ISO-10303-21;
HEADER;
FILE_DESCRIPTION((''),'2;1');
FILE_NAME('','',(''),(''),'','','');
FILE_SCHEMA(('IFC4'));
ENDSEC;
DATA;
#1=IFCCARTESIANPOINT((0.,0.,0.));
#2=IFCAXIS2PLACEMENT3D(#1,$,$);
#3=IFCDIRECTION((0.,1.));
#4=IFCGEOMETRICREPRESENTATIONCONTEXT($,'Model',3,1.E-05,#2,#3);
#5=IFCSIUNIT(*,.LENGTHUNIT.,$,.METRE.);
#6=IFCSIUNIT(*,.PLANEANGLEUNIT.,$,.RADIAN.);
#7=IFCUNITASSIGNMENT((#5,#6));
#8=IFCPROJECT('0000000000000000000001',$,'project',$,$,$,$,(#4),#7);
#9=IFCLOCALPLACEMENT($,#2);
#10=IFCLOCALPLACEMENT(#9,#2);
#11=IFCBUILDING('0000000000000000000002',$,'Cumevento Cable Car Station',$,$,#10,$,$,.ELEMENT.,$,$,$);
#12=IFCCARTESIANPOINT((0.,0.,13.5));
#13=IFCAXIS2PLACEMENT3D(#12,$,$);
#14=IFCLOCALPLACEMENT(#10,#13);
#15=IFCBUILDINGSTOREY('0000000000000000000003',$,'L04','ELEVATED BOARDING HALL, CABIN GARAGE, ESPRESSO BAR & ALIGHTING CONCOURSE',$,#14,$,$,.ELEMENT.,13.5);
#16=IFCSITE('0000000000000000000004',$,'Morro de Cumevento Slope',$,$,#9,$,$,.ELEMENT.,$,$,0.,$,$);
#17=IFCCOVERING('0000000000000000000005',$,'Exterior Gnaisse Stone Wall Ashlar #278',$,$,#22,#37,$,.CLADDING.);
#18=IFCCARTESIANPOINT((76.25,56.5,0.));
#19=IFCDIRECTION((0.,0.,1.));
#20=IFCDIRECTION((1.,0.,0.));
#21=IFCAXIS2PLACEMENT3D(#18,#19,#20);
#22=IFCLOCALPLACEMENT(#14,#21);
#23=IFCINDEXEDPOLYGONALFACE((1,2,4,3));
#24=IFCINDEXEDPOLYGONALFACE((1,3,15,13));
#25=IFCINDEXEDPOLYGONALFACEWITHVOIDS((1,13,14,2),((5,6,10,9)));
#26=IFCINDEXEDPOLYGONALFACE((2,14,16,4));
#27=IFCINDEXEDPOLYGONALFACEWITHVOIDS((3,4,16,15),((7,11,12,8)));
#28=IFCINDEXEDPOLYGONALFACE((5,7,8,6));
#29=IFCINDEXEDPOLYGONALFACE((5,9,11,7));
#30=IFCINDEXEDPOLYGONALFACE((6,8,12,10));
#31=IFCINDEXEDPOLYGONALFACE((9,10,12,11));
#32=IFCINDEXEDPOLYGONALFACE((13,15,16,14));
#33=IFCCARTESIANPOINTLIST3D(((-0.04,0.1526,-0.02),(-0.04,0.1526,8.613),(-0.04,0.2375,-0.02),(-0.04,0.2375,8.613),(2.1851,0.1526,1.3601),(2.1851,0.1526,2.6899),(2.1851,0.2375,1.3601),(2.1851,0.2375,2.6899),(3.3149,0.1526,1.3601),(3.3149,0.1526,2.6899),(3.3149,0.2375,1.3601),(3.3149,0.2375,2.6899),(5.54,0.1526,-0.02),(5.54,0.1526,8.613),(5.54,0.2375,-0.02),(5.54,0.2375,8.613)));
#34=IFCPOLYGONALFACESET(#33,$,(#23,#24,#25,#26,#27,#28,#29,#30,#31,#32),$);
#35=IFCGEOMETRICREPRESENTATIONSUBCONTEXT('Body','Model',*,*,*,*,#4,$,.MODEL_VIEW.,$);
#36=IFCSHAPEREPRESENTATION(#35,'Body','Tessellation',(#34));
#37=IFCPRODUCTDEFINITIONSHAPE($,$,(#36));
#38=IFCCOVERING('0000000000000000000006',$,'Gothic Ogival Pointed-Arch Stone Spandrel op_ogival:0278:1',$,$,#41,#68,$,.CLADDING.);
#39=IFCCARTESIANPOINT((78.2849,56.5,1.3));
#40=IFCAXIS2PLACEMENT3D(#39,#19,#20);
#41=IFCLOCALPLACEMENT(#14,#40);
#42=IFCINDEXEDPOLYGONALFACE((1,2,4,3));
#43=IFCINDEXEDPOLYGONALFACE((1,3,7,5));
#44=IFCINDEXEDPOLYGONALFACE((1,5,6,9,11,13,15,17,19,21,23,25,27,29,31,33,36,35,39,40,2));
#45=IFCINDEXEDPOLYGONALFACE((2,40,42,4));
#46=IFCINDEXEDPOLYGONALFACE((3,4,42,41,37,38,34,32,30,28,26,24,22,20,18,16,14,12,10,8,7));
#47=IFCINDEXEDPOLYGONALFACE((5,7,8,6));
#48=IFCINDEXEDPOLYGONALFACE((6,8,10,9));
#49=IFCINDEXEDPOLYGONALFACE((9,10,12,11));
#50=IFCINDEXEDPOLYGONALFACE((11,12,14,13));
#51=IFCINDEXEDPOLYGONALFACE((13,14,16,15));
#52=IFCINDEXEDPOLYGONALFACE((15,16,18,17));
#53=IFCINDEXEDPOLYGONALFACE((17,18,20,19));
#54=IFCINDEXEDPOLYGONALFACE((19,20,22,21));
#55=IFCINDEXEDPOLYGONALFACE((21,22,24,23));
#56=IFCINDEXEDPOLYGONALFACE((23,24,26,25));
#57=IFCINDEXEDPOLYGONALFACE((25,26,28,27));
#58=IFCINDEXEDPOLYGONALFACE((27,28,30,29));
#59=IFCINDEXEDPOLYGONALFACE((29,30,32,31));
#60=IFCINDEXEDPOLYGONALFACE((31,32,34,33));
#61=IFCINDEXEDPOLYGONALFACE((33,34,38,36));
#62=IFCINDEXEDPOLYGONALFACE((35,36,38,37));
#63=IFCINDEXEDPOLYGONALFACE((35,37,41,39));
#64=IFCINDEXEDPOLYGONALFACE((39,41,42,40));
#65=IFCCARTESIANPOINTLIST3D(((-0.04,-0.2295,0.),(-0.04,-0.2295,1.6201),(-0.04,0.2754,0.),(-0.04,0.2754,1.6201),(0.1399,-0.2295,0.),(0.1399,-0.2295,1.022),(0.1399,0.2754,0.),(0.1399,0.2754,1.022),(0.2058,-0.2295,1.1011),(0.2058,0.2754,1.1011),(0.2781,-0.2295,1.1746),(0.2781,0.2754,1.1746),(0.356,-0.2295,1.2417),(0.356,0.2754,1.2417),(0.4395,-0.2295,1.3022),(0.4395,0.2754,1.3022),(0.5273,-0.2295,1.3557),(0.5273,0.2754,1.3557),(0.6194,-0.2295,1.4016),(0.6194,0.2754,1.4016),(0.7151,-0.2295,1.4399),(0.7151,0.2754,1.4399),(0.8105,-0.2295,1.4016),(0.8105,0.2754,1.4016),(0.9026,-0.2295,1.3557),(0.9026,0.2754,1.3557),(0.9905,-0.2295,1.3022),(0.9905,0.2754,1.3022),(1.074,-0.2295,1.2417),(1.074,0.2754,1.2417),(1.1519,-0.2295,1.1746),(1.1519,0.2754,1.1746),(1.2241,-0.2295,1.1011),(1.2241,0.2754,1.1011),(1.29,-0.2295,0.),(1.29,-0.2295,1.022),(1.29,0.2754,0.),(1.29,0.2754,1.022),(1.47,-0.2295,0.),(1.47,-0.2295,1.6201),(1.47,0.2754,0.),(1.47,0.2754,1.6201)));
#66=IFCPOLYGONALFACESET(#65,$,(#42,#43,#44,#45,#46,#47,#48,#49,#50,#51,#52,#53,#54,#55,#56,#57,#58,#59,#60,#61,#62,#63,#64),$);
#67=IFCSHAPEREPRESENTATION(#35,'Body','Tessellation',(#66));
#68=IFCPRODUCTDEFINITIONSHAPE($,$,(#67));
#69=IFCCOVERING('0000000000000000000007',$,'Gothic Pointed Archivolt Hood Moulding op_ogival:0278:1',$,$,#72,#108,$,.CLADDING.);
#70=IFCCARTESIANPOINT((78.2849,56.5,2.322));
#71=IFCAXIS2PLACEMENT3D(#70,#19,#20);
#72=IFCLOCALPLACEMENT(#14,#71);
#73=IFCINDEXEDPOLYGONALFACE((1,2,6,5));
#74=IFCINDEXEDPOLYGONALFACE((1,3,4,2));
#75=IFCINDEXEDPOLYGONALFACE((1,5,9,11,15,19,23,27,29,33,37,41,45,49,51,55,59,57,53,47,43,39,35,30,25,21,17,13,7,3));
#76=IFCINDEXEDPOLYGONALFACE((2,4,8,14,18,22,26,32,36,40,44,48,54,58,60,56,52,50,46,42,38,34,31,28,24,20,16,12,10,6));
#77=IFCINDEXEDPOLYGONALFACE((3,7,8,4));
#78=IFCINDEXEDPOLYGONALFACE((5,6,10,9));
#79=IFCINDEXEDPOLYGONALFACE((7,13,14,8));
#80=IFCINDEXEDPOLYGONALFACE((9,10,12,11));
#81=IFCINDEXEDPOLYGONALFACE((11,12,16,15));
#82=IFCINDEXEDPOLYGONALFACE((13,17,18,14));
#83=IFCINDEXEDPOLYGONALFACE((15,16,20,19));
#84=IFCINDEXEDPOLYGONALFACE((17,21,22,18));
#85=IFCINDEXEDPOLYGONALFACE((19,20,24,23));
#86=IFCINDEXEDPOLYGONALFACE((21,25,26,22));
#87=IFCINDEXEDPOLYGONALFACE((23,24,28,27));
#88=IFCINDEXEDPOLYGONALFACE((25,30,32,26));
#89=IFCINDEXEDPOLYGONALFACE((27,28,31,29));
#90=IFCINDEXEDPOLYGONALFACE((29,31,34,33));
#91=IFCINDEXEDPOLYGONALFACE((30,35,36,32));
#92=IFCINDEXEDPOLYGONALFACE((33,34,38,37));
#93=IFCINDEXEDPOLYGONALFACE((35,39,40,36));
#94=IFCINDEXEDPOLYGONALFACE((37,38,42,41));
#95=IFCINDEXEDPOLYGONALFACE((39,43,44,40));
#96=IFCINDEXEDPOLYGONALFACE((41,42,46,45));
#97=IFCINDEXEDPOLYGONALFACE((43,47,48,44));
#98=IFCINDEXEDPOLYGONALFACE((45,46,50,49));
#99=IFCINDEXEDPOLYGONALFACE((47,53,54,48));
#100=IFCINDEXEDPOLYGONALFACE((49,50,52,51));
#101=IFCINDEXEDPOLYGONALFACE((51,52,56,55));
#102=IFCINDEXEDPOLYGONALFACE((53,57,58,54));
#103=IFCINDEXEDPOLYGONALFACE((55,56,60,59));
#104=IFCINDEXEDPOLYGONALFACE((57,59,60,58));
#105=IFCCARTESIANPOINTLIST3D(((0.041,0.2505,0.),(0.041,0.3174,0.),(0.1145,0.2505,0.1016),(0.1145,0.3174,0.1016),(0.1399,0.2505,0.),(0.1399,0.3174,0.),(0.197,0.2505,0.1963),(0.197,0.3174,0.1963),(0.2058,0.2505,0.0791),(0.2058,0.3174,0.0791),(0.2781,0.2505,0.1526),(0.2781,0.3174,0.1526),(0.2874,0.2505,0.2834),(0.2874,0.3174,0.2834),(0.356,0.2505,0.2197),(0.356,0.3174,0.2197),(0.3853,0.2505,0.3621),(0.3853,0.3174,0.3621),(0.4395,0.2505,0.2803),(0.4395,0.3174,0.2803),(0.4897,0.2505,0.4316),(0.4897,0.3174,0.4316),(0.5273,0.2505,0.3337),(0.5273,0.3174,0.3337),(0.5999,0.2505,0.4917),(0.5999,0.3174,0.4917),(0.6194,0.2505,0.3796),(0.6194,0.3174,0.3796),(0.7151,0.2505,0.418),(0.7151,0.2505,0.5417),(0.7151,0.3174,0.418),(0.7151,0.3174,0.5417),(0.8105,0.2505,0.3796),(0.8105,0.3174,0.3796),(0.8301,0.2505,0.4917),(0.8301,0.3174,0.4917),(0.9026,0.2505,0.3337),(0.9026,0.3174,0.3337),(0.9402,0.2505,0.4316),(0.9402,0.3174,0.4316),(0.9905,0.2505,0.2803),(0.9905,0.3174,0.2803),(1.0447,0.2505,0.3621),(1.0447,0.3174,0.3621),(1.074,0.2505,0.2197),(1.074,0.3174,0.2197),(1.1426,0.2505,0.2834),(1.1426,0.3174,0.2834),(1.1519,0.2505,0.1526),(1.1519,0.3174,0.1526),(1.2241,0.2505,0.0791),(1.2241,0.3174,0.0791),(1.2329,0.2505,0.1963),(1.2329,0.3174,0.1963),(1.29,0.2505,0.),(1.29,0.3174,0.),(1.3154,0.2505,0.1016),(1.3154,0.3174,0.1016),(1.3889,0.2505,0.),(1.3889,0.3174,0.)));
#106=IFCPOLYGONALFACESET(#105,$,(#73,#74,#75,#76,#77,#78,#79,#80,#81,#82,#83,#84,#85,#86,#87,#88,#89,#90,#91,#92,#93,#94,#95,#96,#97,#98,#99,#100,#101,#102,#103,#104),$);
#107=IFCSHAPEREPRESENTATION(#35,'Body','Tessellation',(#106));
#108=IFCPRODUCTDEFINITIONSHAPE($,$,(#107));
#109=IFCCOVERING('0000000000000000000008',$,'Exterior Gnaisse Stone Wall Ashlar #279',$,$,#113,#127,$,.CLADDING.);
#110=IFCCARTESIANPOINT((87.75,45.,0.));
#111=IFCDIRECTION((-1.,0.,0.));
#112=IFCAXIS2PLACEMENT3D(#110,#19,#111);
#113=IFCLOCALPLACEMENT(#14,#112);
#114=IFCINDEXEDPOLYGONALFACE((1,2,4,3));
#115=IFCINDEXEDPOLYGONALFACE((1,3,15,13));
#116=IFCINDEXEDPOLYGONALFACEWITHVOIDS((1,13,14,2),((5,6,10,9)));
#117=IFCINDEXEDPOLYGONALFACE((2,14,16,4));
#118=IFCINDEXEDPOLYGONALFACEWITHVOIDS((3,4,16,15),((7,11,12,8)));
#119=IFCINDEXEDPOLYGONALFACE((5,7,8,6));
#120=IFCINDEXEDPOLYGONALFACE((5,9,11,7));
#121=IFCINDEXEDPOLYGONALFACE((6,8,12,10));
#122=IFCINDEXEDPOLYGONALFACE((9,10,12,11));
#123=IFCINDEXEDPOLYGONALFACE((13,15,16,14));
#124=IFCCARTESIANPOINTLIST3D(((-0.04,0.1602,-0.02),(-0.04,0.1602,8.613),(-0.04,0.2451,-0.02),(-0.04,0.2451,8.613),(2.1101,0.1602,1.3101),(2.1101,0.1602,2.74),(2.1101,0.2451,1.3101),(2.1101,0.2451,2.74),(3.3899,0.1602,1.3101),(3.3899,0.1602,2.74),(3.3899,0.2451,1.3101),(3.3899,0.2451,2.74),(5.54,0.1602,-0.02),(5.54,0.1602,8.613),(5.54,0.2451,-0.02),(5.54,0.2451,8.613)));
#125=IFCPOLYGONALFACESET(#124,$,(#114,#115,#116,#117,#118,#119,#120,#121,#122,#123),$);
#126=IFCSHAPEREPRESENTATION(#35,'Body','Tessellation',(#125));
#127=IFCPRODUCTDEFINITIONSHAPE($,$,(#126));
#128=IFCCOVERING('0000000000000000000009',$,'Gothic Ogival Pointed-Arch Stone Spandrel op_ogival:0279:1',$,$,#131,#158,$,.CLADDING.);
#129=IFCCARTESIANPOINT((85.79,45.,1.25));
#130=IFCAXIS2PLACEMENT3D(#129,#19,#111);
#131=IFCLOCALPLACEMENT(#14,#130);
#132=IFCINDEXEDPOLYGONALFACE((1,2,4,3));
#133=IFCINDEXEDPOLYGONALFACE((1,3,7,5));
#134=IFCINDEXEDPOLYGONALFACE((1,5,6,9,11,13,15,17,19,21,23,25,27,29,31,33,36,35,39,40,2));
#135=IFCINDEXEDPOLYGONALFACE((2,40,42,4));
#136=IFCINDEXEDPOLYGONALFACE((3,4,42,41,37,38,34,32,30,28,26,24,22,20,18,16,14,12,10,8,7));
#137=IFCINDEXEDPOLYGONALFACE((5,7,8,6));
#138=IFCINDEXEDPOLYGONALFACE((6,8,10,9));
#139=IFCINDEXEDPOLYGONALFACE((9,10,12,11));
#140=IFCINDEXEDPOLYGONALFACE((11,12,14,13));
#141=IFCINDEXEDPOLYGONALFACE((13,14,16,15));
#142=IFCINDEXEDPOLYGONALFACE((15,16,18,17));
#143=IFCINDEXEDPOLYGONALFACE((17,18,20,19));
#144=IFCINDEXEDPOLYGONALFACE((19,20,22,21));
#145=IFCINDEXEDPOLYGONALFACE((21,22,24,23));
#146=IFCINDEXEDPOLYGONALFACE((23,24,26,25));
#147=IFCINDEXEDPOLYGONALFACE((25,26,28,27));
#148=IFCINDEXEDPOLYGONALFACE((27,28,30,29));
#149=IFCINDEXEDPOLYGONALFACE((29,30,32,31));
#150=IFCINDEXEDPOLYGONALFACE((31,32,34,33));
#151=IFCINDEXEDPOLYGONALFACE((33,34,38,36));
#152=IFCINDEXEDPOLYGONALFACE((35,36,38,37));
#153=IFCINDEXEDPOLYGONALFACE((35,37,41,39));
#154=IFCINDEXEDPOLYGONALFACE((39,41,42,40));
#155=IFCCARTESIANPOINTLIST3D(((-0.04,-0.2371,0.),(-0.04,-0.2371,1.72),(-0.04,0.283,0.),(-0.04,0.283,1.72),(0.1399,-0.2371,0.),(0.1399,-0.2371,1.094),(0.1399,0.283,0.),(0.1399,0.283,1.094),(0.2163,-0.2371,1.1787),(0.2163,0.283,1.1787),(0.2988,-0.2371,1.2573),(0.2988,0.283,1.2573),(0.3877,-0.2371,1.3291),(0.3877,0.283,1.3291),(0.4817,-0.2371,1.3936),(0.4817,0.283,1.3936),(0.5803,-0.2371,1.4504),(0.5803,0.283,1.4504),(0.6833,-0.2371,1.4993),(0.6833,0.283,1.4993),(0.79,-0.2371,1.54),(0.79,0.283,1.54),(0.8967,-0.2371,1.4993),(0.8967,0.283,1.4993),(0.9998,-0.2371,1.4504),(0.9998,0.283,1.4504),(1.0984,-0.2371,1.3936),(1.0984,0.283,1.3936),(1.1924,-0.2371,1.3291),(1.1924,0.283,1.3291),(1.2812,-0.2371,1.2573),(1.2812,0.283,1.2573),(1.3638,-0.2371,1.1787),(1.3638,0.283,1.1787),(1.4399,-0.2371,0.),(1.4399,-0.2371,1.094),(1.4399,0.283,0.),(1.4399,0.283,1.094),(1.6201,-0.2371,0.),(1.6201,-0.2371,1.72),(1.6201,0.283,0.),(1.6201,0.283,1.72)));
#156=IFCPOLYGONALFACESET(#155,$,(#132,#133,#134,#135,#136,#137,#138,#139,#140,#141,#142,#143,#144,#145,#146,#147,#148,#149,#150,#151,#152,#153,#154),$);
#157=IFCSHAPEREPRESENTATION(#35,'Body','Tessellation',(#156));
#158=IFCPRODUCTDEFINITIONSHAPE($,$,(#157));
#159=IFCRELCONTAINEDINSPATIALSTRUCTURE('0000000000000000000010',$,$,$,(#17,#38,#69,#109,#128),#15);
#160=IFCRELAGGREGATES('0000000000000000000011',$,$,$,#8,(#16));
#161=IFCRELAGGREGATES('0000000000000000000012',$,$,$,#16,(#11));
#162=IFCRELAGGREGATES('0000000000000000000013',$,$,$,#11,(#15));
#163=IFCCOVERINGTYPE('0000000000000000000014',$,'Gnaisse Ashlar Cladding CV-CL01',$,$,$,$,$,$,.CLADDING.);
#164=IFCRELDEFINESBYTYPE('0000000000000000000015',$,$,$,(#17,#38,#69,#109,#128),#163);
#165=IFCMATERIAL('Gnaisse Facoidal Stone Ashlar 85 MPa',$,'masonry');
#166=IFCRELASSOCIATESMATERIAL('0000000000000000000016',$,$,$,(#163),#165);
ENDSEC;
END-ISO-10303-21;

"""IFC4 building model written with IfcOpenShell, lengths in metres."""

from ifc_helpers import new_model, si_unit, direction, frame, origin, place, context, subcontext, project, spatial, polyline, outline, extrude, material, type_object, element, save


model = new_model("IFC4")

# Units and contexts
model_context = context("Model", 3, precision=1e-05, world=origin(), true_north=direction((0.0, 1.0)))
body_context = subcontext(model_context, "Body", "Model", "MODEL_VIEW")
ifc_project = project(units=[si_unit("LENGTHUNIT", "METRE"), si_unit("PLANEANGLEUNIT", "RADIAN")], contexts=[model_context])

# Site, building, storey
site_placement = place(None, origin())
site = spatial("IfcSite", under=ifc_project, at=site_placement, Name="Morro de Cumevento Slope", CompositionType="ELEMENT", RefElevation=0.0)
building_placement = place(site_placement, origin())
building = spatial("IfcBuilding", under=site, at=building_placement, Name="Cumevento Cable Car Station", CompositionType="ELEMENT")
storey_placement = place(building_placement, frame((0.0, 0.0, 13.5)))
storey = spatial("IfcBuildingStorey", under=building, at=storey_placement, Name="L04", Description="ELEVATED BOARDING HALL, CABIN GARAGE, ESPRESSO BAR & ALIGHTING CONCOURSE", CompositionType="ELEMENT", Elevation=13.5)

# Coverings
ifc_material_1 = material(Name="Gnaisse Facoidal Stone Ashlar 85 MPa", Category="masonry")
covering_type = type_object("IfcCoveringType", Name="Gnaisse Ashlar Cladding CV-CL01", PredefinedType="CLADDING", material=ifc_material_1)
covering_1_placement = place(storey_placement, frame((76.25, 56.5, 0.0), z_axis=(0.0, 0.0, 1.0), x_axis=(1.0, 0.0, 0.0)))
element("IfcCovering", 1, at=covering_1_placement, inside=storey, type_object=covering_type, Name="Exterior Gnaisse Stone Wall Ashlar #278", PredefinedType="CLADDING", context=body_context, shape_type="SweptSolid", body=[
    extrude(outline(polyline([(-0.04, -0.02), (5.54, -0.02), (5.54, 8.613), (-0.04, 8.613), (-0.04, -0.02)]), holes=[polyline([(2.1851, 1.3601), (3.3149, 1.3601), (3.3149, 2.6899), (2.1851, 2.6899), (2.1851, 1.3601)])]), frame((0.0, 0.2375, 0.0), z_axis=(0.0, -1.0, 0.0), x_axis=(1.0, 0.0, 0.0)), (0.0, 0.0, 1.0), 0.085),
])
covering_2_placement = place(storey_placement, frame((78.2849, 56.5, 1.3), z_axis=(0.0, 0.0, 1.0), x_axis=(1.0, 0.0, 0.0)))
element("IfcCovering", 2, at=covering_2_placement, inside=storey, type_object=covering_type, Name="Gothic Ogival Pointed-Arch Stone Spandrel op_ogival:0278:1", PredefinedType="CLADDING", context=body_context, shape_type="SweptSolid", body=[
    extrude(outline(polyline([(-0.04, 0.0), (-0.04, 1.6201), (1.47, 1.6201), (1.47, 0.0), (1.29, 0.0), (1.29, 1.022), (1.2241, 1.1011), (1.1519, 1.1746), (1.074, 1.2417), (0.9905, 1.3022), (0.9026, 1.3557), (0.8105, 1.4016), (0.7151, 1.4399), (0.6194, 1.4016), (0.5273, 1.3557), (0.4395, 1.3022), (0.356, 1.2417), (0.2781, 1.1746), (0.2058, 1.1011), (0.1399, 1.022), (0.1399, 0.0), (-0.04, 0.0)])), frame((0.0, 0.2754, 0.0), z_axis=(0.0, -1.0, 0.0), x_axis=(1.0, 0.0, 0.0)), (0.0, 0.0, 1.0), 0.5049),
])
covering_3_placement = place(storey_placement, frame((78.2849, 56.5, 2.322), z_axis=(0.0, 0.0, 1.0), x_axis=(1.0, 0.0, 0.0)))
element("IfcCovering", 3, at=covering_3_placement, inside=storey, type_object=covering_type, Name="Gothic Pointed Archivolt Hood Moulding op_ogival:0278:1", PredefinedType="CLADDING", context=body_context, shape_type="SweptSolid", body=[
    extrude(outline(polyline([(0.1399, 0.0), (0.2058, 0.0791), (0.2781, 0.1526), (0.356, 0.2197), (0.4395, 0.2803), (0.5273, 0.3337), (0.6194, 0.3796), (0.7151, 0.418), (0.8105, 0.3796), (0.9026, 0.3337), (0.9905, 0.2803), (1.074, 0.2197), (1.1519, 0.1526), (1.2241, 0.0791), (1.29, 0.0), (1.3889, 0.0), (1.3154, 0.1016), (1.2329, 0.1963), (1.1426, 0.2834), (1.0447, 0.3621), (0.9402, 0.4316), (0.8301, 0.4917), (0.7151, 0.5417), (0.5999, 0.4917), (0.4897, 0.4316), (0.3853, 0.3621), (0.2874, 0.2834), (0.197, 0.1963), (0.1145, 0.1016), (0.041, 0.0), (0.1399, 0.0)])), frame((0.0, 0.3174, 0.0), z_axis=(0.0, -1.0, 0.0), x_axis=(1.0, 0.0, 0.0)), (0.0, 0.0, 1.0), 0.0669),
])
covering_4_placement = place(storey_placement, frame((87.75, 45.0, 0.0), z_axis=(0.0, 0.0, 1.0), x_axis=(-1.0, 0.0, 0.0)))
element("IfcCovering", 4, at=covering_4_placement, inside=storey, type_object=covering_type, Name="Exterior Gnaisse Stone Wall Ashlar #279", PredefinedType="CLADDING", context=body_context, shape_type="SweptSolid", body=[
    extrude(outline(polyline([(-0.04, -0.02), (5.54, -0.02), (5.54, 8.613), (-0.04, 8.613), (-0.04, -0.02)]), holes=[polyline([(2.1101, 1.3101), (3.3899, 1.3101), (3.3899, 2.74), (2.1101, 2.74), (2.1101, 1.3101)])]), frame((0.0, 0.2451, 0.0), z_axis=(0.0, -1.0, 0.0), x_axis=(1.0, 0.0, 0.0)), (0.0, 0.0, 1.0), 0.085),
])
covering_5_placement = place(storey_placement, frame((85.79, 45.0, 1.25), z_axis=(0.0, 0.0, 1.0), x_axis=(-1.0, 0.0, 0.0)))
element("IfcCovering", 5, at=covering_5_placement, inside=storey, type_object=covering_type, Name="Gothic Ogival Pointed-Arch Stone Spandrel op_ogival:0279:1", PredefinedType="CLADDING", context=body_context, shape_type="SweptSolid", body=[
    extrude(outline(polyline([(-0.04, 0.0), (-0.04, 1.72), (1.6201, 1.72), (1.6201, 0.0), (1.4399, 0.0), (1.4399, 1.094), (1.3638, 1.1787), (1.2812, 1.2573), (1.1924, 1.3291), (1.0984, 1.3936), (0.9998, 1.4504), (0.8967, 1.4993), (0.79, 1.54), (0.6833, 1.4993), (0.5803, 1.4504), (0.4817, 1.3936), (0.3877, 1.3291), (0.2988, 1.2573), (0.2163, 1.1787), (0.1399, 1.094), (0.1399, 0.0), (-0.04, 0.0)])), frame((0.0, 0.283, 0.0), z_axis=(0.0, -1.0, 0.0), x_axis=(1.0, 0.0, 0.0)), (0.0, 0.0, 1.0), 0.52),
])

save(model, "model.ifc")
